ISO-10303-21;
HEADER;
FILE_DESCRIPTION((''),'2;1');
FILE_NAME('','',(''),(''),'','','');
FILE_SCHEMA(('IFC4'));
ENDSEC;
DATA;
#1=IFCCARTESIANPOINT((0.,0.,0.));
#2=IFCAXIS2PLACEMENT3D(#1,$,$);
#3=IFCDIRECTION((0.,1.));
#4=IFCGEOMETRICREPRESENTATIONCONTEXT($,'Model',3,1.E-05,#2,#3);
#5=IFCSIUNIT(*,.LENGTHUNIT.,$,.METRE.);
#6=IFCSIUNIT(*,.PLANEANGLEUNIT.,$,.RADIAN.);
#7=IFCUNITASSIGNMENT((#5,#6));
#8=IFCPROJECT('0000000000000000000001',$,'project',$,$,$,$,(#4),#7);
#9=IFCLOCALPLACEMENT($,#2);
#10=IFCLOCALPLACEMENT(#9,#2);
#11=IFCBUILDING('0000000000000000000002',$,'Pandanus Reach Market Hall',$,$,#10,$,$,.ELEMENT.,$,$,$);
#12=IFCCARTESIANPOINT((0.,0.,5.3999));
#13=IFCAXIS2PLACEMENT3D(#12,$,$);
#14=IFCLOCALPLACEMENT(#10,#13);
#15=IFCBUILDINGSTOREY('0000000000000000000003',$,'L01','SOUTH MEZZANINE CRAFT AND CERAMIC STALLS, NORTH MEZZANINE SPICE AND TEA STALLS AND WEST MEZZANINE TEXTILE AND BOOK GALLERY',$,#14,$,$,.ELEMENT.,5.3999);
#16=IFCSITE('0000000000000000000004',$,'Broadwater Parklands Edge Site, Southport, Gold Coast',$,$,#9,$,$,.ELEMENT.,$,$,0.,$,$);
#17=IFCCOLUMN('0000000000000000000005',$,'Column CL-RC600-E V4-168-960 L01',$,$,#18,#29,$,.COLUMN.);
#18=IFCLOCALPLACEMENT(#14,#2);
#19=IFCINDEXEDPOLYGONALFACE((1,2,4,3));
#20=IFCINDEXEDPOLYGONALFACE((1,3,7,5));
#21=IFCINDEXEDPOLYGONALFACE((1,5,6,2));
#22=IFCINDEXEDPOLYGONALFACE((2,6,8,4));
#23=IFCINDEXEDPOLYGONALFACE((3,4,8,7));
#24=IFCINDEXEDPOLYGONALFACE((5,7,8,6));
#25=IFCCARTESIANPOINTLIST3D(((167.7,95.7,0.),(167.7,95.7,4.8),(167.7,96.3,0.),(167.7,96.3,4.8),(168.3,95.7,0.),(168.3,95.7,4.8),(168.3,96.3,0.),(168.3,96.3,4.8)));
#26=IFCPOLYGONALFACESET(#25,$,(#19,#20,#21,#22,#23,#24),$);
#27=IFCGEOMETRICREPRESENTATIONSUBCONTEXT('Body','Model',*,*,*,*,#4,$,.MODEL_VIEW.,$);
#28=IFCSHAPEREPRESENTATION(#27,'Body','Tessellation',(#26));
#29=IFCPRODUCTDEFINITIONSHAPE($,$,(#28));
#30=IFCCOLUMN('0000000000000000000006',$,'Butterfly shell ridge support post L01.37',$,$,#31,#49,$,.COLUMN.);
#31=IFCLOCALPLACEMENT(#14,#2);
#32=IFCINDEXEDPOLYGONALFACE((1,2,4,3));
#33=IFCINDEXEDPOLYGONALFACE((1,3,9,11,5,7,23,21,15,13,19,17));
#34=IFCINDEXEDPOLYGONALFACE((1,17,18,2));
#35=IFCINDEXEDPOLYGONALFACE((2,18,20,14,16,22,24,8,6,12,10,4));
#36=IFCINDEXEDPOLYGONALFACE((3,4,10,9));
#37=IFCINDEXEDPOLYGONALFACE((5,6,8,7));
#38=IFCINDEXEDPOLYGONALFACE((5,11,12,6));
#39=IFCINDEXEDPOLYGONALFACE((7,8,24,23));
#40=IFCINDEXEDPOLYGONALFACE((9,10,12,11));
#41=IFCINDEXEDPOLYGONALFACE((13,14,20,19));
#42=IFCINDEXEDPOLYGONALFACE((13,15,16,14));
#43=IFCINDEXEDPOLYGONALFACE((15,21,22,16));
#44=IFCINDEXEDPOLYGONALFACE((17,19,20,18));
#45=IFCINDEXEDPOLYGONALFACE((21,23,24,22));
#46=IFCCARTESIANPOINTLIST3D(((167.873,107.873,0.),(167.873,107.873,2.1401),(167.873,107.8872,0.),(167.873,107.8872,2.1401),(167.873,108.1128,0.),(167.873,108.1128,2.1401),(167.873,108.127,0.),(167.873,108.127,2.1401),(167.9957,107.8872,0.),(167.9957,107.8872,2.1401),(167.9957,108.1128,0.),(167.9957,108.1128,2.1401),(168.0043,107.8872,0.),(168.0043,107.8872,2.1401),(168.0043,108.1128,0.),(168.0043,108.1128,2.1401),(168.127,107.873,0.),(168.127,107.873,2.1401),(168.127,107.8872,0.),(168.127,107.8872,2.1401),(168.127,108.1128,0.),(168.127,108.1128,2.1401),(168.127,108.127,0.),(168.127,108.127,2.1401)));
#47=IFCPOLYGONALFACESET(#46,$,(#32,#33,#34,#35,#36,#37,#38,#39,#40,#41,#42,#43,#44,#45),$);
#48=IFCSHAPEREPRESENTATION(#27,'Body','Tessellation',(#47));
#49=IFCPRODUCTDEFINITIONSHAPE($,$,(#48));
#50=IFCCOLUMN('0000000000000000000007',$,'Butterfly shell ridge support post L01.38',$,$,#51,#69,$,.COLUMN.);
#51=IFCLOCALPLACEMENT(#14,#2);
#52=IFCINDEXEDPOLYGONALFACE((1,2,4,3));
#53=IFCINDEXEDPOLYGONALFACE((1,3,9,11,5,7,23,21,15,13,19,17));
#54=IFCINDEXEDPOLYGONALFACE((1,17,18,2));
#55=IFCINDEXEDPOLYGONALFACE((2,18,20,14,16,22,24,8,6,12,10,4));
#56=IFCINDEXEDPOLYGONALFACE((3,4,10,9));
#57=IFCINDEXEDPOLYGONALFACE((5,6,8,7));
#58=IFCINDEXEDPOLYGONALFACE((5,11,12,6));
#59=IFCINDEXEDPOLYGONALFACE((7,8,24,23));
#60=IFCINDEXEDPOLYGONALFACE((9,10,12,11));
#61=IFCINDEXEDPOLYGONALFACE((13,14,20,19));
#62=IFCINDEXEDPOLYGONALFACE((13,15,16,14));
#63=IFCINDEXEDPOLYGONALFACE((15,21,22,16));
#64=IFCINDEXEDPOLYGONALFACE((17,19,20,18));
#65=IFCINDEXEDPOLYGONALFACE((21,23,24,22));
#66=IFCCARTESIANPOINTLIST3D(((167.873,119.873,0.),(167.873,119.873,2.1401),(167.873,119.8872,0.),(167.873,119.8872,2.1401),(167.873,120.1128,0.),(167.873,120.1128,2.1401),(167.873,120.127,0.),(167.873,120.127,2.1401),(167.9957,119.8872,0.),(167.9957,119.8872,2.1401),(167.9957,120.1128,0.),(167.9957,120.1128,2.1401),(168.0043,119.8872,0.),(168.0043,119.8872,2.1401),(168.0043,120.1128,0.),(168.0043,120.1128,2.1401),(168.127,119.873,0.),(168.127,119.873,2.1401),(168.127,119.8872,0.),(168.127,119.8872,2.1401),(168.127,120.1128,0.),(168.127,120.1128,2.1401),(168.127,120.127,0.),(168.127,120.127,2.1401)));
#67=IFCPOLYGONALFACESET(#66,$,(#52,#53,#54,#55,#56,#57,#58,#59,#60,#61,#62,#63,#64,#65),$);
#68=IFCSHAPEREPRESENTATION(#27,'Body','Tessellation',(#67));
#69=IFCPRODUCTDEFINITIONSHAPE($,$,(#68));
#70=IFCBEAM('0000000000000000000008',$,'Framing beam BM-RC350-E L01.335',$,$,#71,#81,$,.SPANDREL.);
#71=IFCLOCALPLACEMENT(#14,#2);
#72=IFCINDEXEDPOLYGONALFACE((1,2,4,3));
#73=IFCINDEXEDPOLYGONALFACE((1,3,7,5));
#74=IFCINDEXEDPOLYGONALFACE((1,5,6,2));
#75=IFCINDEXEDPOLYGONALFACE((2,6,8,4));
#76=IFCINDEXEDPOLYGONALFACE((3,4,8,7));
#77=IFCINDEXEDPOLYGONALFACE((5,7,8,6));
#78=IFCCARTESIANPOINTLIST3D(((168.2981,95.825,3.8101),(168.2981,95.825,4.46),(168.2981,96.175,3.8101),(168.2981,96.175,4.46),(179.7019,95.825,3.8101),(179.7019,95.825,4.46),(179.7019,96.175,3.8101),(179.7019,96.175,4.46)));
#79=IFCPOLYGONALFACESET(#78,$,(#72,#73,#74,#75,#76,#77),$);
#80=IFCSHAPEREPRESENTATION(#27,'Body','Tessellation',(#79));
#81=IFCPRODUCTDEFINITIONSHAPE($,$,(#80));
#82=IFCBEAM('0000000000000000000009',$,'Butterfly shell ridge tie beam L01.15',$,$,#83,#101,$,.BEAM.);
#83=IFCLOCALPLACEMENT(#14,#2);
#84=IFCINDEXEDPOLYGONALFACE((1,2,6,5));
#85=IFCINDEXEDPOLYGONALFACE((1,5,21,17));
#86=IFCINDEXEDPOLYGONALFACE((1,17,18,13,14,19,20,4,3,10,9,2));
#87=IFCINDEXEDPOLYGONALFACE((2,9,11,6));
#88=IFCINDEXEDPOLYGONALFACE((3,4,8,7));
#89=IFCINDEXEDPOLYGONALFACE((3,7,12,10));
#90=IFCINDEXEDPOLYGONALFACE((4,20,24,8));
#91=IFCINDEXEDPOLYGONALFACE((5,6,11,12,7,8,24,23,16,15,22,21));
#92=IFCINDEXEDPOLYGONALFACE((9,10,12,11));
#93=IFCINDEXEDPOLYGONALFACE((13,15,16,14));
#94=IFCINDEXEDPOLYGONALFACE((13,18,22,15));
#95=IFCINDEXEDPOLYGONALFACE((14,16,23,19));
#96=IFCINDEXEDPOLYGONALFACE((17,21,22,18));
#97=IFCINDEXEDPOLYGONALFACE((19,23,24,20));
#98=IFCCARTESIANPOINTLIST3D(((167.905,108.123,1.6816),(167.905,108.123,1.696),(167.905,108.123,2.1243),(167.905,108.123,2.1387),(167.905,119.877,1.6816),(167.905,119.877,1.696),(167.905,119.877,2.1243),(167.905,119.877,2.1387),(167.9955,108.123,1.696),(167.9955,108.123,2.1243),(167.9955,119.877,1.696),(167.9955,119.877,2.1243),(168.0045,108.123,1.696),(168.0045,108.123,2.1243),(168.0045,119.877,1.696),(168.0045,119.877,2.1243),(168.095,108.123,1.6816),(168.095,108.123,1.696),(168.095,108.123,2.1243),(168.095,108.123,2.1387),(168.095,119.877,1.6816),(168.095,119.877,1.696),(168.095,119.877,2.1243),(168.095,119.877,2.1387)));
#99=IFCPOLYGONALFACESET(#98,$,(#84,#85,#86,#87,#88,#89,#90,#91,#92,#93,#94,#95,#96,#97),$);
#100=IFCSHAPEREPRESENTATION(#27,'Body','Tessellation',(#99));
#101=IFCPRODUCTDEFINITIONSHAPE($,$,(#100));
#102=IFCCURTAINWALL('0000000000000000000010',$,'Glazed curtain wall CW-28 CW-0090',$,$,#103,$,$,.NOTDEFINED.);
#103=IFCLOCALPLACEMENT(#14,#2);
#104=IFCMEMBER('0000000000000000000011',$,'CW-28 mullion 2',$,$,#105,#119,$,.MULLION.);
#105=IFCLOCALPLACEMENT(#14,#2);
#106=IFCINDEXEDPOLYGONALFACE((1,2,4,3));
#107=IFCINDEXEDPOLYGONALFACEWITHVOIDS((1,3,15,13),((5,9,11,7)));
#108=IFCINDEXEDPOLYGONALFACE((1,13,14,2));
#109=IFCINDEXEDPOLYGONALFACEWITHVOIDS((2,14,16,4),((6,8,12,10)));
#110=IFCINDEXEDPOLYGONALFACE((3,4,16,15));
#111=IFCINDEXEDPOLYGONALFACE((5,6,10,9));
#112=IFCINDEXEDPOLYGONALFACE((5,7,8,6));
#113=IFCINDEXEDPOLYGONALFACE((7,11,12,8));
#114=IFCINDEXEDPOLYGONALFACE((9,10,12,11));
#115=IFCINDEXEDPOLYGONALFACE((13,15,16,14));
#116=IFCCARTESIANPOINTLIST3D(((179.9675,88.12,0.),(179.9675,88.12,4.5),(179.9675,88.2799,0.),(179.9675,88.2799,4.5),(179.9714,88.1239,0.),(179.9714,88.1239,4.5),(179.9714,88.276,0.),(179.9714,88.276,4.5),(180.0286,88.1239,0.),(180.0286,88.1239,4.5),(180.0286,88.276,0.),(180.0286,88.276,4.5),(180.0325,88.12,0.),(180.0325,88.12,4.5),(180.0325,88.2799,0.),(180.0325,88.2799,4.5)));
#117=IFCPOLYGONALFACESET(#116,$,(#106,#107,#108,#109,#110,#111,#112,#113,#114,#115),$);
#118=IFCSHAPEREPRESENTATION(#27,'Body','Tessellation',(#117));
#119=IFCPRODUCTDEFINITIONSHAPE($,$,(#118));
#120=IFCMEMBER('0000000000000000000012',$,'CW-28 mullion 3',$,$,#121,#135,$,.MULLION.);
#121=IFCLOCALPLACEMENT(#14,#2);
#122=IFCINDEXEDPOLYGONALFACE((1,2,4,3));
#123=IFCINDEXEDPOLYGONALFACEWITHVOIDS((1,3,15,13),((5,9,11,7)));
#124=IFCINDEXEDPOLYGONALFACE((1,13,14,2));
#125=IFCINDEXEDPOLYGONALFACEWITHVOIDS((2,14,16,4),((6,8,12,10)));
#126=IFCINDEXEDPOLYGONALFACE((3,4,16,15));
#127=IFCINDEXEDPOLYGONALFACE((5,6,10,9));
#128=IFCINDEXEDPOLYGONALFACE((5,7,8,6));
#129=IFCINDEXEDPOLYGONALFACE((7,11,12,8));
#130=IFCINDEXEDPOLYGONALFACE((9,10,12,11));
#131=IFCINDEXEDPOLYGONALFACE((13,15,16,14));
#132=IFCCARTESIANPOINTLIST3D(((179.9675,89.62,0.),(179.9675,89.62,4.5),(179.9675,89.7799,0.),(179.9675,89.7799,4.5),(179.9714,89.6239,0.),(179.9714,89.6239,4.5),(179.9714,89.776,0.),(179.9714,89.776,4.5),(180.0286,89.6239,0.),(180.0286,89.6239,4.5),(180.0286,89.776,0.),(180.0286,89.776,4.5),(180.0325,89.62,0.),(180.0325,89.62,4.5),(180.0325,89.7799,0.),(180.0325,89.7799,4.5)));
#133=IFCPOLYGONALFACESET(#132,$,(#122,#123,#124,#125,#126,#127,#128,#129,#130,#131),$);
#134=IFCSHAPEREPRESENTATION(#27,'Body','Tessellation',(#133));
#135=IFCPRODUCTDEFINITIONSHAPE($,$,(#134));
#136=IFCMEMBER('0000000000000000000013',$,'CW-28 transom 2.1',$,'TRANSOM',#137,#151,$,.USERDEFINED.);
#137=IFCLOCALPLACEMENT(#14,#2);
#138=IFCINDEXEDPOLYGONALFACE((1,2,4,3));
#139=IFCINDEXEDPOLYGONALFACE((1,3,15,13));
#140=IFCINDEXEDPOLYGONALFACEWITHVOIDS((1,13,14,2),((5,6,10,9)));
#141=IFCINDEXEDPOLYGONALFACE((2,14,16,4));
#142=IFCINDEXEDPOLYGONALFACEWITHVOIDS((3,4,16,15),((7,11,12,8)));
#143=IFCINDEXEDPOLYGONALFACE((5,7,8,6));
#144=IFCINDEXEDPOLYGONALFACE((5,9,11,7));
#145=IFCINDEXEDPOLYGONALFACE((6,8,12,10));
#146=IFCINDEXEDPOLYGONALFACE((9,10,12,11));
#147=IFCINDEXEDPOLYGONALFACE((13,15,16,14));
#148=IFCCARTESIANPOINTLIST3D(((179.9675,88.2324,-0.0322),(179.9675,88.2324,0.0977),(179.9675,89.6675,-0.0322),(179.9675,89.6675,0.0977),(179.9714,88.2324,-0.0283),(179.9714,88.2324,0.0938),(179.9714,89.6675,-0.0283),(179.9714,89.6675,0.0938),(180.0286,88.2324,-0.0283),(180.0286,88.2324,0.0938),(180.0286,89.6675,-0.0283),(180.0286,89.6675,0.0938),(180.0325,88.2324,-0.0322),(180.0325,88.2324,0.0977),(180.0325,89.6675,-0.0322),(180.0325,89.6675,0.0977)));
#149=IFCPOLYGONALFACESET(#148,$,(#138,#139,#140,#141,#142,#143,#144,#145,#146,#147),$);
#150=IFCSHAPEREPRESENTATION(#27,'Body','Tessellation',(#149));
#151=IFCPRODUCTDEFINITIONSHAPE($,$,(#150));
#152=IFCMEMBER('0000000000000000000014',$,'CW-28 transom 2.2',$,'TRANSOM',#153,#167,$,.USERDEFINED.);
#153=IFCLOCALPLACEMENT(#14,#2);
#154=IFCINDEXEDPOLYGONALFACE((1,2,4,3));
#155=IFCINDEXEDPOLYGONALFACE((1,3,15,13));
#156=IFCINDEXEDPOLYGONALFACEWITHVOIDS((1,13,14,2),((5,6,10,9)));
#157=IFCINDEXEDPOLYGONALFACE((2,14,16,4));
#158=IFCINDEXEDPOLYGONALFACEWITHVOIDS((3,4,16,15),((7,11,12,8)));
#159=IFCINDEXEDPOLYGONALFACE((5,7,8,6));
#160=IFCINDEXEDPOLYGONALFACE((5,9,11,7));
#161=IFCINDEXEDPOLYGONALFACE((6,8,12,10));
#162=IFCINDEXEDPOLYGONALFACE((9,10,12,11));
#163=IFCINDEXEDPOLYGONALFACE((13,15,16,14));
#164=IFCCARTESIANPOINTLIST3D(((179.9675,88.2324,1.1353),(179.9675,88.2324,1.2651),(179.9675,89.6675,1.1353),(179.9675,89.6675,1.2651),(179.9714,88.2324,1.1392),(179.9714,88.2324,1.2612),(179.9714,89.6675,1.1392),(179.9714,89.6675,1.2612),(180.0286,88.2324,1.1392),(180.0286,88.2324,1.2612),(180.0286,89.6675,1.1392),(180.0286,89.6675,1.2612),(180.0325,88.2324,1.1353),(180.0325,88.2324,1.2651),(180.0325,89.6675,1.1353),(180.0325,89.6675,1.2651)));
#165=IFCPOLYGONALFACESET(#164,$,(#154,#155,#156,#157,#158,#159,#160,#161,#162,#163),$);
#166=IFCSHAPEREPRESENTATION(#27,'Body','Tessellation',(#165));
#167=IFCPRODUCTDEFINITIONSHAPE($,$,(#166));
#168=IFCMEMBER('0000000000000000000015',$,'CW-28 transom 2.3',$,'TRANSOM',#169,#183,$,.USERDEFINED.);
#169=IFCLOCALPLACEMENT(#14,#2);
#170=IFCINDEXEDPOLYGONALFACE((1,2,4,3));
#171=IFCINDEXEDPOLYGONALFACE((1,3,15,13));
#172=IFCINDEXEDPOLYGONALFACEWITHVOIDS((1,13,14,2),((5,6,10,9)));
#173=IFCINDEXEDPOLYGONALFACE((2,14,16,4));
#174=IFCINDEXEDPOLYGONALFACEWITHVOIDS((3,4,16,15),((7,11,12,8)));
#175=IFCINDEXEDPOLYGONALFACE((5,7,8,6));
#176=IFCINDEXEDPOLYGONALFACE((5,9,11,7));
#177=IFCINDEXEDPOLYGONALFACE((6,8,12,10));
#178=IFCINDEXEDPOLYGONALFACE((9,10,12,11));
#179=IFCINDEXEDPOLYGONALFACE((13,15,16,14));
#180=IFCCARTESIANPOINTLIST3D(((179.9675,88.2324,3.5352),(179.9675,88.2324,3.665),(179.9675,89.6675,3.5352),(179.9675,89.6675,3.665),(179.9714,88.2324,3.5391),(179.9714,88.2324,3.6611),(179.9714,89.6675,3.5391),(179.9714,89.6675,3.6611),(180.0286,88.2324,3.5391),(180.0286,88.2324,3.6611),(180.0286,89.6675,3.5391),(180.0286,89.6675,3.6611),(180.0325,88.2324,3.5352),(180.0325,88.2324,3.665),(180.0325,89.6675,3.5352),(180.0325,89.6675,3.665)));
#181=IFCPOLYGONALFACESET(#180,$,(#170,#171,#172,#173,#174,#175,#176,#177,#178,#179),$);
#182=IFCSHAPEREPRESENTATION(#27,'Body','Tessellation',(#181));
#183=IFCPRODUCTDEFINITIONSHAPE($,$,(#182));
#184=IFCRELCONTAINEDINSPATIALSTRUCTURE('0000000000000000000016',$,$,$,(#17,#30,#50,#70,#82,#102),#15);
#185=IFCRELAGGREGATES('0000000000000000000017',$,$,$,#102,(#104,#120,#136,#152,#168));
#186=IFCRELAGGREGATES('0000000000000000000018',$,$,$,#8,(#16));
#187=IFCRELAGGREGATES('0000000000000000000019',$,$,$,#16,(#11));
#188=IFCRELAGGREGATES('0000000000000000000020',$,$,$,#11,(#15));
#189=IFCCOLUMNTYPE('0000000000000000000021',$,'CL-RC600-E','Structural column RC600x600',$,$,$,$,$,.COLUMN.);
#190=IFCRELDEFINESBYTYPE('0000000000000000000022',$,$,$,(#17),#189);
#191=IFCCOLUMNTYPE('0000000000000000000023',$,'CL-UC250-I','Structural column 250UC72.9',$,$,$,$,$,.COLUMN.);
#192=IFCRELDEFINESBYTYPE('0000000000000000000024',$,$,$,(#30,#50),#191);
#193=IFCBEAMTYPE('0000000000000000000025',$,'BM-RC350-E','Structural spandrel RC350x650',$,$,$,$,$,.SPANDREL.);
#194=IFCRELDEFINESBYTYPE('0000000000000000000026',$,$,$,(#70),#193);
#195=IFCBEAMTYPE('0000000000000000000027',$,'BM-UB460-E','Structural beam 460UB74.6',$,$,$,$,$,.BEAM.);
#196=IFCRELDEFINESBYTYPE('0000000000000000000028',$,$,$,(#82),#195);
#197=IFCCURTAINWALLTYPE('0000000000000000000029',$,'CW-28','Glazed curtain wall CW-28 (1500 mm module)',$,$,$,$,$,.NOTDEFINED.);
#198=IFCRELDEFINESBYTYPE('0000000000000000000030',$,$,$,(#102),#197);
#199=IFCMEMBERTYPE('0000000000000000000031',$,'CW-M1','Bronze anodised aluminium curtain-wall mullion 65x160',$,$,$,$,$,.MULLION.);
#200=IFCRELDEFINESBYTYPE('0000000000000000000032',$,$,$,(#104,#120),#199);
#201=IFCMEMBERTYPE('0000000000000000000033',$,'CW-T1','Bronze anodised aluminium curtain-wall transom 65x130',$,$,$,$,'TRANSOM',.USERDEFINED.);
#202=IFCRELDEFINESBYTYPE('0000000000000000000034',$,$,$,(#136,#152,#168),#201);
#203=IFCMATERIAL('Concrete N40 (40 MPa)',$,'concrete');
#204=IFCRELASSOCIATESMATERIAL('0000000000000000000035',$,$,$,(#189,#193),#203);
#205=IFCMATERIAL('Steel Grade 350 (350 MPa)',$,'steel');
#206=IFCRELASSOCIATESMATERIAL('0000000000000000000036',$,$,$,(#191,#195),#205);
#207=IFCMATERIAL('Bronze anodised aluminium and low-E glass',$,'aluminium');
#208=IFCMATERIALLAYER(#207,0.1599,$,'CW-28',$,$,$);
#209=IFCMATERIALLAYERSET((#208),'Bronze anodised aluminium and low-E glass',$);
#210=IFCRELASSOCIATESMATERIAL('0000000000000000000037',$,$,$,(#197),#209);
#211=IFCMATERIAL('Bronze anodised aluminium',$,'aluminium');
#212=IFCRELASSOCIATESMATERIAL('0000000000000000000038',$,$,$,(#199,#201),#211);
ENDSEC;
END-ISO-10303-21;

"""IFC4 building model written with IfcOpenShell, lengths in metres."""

from ifc_helpers import new_model, si_unit, direction, frame, origin, origin_2d, place, context, subcontext, project, spatial, rectangle, hollow_rectangle, i_section, extrude, material, layer, layer_set, material_profile, profile_set, type_object, element, aggregate, save


model = new_model("IFC4")

# Units and contexts
model_context = context("Model", 3, precision=1e-05, world=origin(), true_north=direction((0.0, 1.0)))
body_context = subcontext(model_context, "Body", "Model", "MODEL_VIEW")
ifc_project = project(units=[si_unit("LENGTHUNIT", "METRE"), si_unit("PLANEANGLEUNIT", "RADIAN")], contexts=[model_context])

# Site, building, storey
site_placement = place(None, origin())
site = spatial("IfcSite", under=ifc_project, at=site_placement, Name="Broadwater Parklands Edge Site, Southport, Gold Coast", CompositionType="ELEMENT", RefElevation=0.0)
building_placement = place(site_placement, origin())
building = spatial("IfcBuilding", under=site, at=building_placement, Name="Pandanus Reach Market Hall", CompositionType="ELEMENT")
storey_placement = place(building_placement, frame((0.0, 0.0, 5.3999)))
storey = spatial("IfcBuildingStorey", under=building, at=storey_placement, Name="L01", Description="SOUTH MEZZANINE CRAFT AND CERAMIC STALLS, NORTH MEZZANINE SPICE AND TEA STALLS AND WEST MEZZANINE TEXTILE AND BOOK GALLERY", CompositionType="ELEMENT", Elevation=5.3999)

# Columns
ifc_material_1 = material(Name="Concrete N40 (40 MPa)", Category="concrete")
ifc_material_profile_1 = material_profile(ifc_material_1, rectangle(XDim=0.6001, YDim=0.6001, at=origin_2d()), Name="RC600x600", Category="LoadBearing")
ifc_profile_set_1 = profile_set([ifc_material_profile_1], Name="Concrete N40 (40 MPa)")
column_type_1 = type_object("IfcColumnType", Name="CL-RC600-E", Description="Structural column RC600x600", PredefinedType="COLUMN", material=ifc_profile_set_1)
column_placement = place(storey_placement, frame((168.0, 96.0, 0.0), z_axis=(0.0, 0.0, 1.0), x_axis=(1.0, 0.0, 0.0)))
element("IfcColumn", 1, at=column_placement, inside=storey, type_object=column_type_1, Name="Column CL-RC600-E V4-168-960 L01", PredefinedType="COLUMN", context=body_context, shape_type="SweptSolid", body=[
    extrude(rectangle(XDim=0.6001, YDim=0.6001, at=origin_2d()), origin(), (0.0, 0.0, 1.0), 4.8),
])
ifc_material_2 = material(Name="Steel Grade 350 (350 MPa)", Category="steel")
ifc_material_profile_2 = material_profile(ifc_material_2, i_section(OverallWidth=0.2539, OverallDepth=0.2539, WebThickness=0.0085, FlangeThickness=0.0142, at=origin_2d()), Name="250UC72.9", Category="LoadBearing")
ifc_profile_set_2 = profile_set([ifc_material_profile_2], Name="Steel Grade 350 (350 MPa)")
column_type_2 = type_object("IfcColumnType", Name="CL-UC250-I", Description="Structural column 250UC72.9", PredefinedType="COLUMN", material=ifc_profile_set_2)
for number, where, z_axis, x_axis, name in (
    (2, (168.0, 108.0, 0.0), (0.0, 0.0, 1.0), (1.0, 0.0, 0.0), "Butterfly shell ridge support post L01.37"),
    (3, (168.0, 120.0, 0.0), (0.0, 0.0, 1.0), (1.0, 0.0, 0.0), "Butterfly shell ridge support post L01.38"),
):
    element("IfcColumn", number, at=place(storey_placement, frame(where, z_axis=z_axis, x_axis=x_axis)), inside=storey, type_object=column_type_2, Name=name, PredefinedType="COLUMN", context=body_context, shape_type="SweptSolid", body=[
        extrude(i_section(OverallWidth=0.2539, OverallDepth=0.2539, WebThickness=0.0085, FlangeThickness=0.0142, at=origin_2d()), origin(), (0.0, 0.0, 1.0), 2.1401),
    ])

# Beams
ifc_material_profile_3 = material_profile(ifc_material_1, rectangle(XDim=0.3501, YDim=0.6499, at=origin_2d()), Name="RC350x650", Category="LoadBearing")
ifc_profile_set_3 = profile_set([ifc_material_profile_3], Name="Concrete N40 (40 MPa)")
beam_type_1 = type_object("IfcBeamType", Name="BM-RC350-E", Description="Structural spandrel RC350x650", PredefinedType="SPANDREL", material=ifc_profile_set_3)
beam_1_placement = place(storey_placement, frame((168.2981, 96.0, 4.135), z_axis=(1.0, 0.0, 0.0), x_axis=(0.0, 1.0, 0.0)))
element("IfcBeam", 4, at=beam_1_placement, inside=storey, type_object=beam_type_1, Name="Framing beam BM-RC350-E L01.335", PredefinedType="SPANDREL", context=body_context, shape_type="SweptSolid", body=[
    extrude(rectangle(XDim=0.3501, YDim=0.6499, at=origin_2d()), origin(), (0.0, 0.0, 1.0), 11.4038),
])
ifc_material_profile_4 = material_profile(ifc_material_2, i_section(OverallWidth=0.1899, OverallDepth=0.457, WebThickness=0.009, FlangeThickness=0.0144, at=origin_2d()), Name="460UB74.6", Category="LoadBearing")
ifc_profile_set_4 = profile_set([ifc_material_profile_4], Name="Steel Grade 350 (350 MPa)")
beam_type_2 = type_object("IfcBeamType", Name="BM-UB460-E", Description="Structural beam 460UB74.6", PredefinedType="BEAM", material=ifc_profile_set_4)
beam_2_placement = place(storey_placement, frame((168.0, 108.123, 1.9102), z_axis=(0.0, 1.0, 0.0), x_axis=(-1.0, 0.0, 0.0)))
element("IfcBeam", 5, at=beam_2_placement, inside=storey, type_object=beam_type_2, Name="Butterfly shell ridge tie beam L01.15", PredefinedType="BEAM", context=body_context, shape_type="SweptSolid", body=[
    extrude(i_section(OverallWidth=0.1899, OverallDepth=0.457, WebThickness=0.009, FlangeThickness=0.0144, at=origin_2d()), origin(), (0.0, 0.0, 1.0), 11.7539),
])

# Curtain wall, members
ifc_material_3 = material(Name="Bronze anodised aluminium and low-E glass", Category="aluminium")
ifc_layer_1 = layer(ifc_material_3, 0.1599, Name="CW-28")
ifc_layer_set_1 = layer_set([ifc_layer_1], Name="Bronze anodised aluminium and low-E glass")
curtain_wall_type = type_object("IfcCurtainWallType", Name="CW-28", Description="Glazed curtain wall CW-28 (1500 mm module)", PredefinedType="NOTDEFINED", material=ifc_layer_set_1)
curtain_wall_placement = place(storey_placement, origin())
curtain_wall = element("IfcCurtainWall", 6, at=curtain_wall_placement, inside=storey, type_object=curtain_wall_type, Name="Glazed curtain wall CW-28 CW-0090", PredefinedType="NOTDEFINED")
ifc_material_4 = material(Name="Bronze anodised aluminium", Category="aluminium")
ifc_material_profile_5 = material_profile(ifc_material_4, hollow_rectangle(XDim=0.0649, YDim=0.1599, WallThickness=0.0039, at=origin_2d()), Name="ALU65x160", Category="LoadBearing")
ifc_profile_set_5 = profile_set([ifc_material_profile_5], Name="Bronze anodised aluminium")
member_type_1 = type_object("IfcMemberType", Name="CW-M1", Description="Bronze anodised aluminium curtain-wall mullion 65x160", PredefinedType="MULLION", material=ifc_profile_set_5)
member_1_placement = place(storey_placement, frame((180.0, 88.2, 0.0), z_axis=(0.0, 0.0, 1.0), x_axis=(-1.0, 0.0, 0.0)))
member_1 = element("IfcMember", 7, at=member_1_placement, type_object=member_type_1, Name="CW-28 mullion 2", PredefinedType="MULLION", context=body_context, shape_type="SweptSolid", body=[
    extrude(hollow_rectangle(XDim=0.0649, YDim=0.1599, WallThickness=0.0039, at=origin_2d()), origin(), (0.0, 0.0, 1.0), 4.5),
])
member_2_placement = place(storey_placement, frame((180.0, 89.7, 0.0), z_axis=(0.0, 0.0, 1.0), x_axis=(-1.0, 0.0, 0.0)))
member_2 = element("IfcMember", 8, at=member_2_placement, type_object=member_type_1, Name="CW-28 mullion 3", PredefinedType="MULLION", context=body_context, shape_type="SweptSolid", body=[
    extrude(hollow_rectangle(XDim=0.0649, YDim=0.1599, WallThickness=0.0039, at=origin_2d()), origin(), (0.0, 0.0, 1.0), 4.5),
])
ifc_material_profile_6 = material_profile(ifc_material_4, hollow_rectangle(XDim=0.0649, YDim=0.1299, WallThickness=0.0039, at=origin_2d()), Name="ALU65x130", Category="LoadBearing")
ifc_profile_set_6 = profile_set([ifc_material_profile_6], Name="Bronze anodised aluminium")
member_type_2 = type_object("IfcMemberType", Name="CW-T1", Description="Bronze anodised aluminium curtain-wall transom 65x130", ElementType="TRANSOM", PredefinedType="USERDEFINED", material=ifc_profile_set_6)
member_3_placement = place(storey_placement, frame((180.0, 88.2324, 0.0327), z_axis=(0.0, 1.0, 0.0), x_axis=(-1.0, 0.0, 0.0)))
member_3 = element("IfcMember", 9, at=member_3_placement, type_object=member_type_2, Name="CW-28 transom 2.1", ObjectType="TRANSOM", PredefinedType="USERDEFINED", context=body_context, shape_type="SweptSolid", body=[
    extrude(hollow_rectangle(XDim=0.0649, YDim=0.1299, WallThickness=0.0039, at=origin_2d()), origin(), (0.0, 0.0, 1.0), 1.4351),
])
member_4_placement = place(storey_placement, frame((180.0, 88.2324, 1.2002), z_axis=(0.0, 1.0, 0.0), x_axis=(-1.0, 0.0, 0.0)))
member_4 = element("IfcMember", 10, at=member_4_placement, type_object=member_type_2, Name="CW-28 transom 2.2", ObjectType="TRANSOM", PredefinedType="USERDEFINED", context=body_context, shape_type="SweptSolid", body=[
    extrude(hollow_rectangle(XDim=0.0649, YDim=0.1299, WallThickness=0.0039, at=origin_2d()), origin(), (0.0, 0.0, 1.0), 1.4351),
])
member_5_placement = place(storey_placement, frame((180.0, 88.2324, 3.6001), z_axis=(0.0, 1.0, 0.0), x_axis=(-1.0, 0.0, 0.0)))
member_5 = element("IfcMember", 11, at=member_5_placement, type_object=member_type_2, Name="CW-28 transom 2.3", ObjectType="TRANSOM", PredefinedType="USERDEFINED", context=body_context, shape_type="SweptSolid", body=[
    extrude(hollow_rectangle(XDim=0.0649, YDim=0.1299, WallThickness=0.0039, at=origin_2d()), origin(), (0.0, 0.0, 1.0), 1.4351),
])
aggregate(curtain_wall, [member_1, member_2, member_3, member_4, member_5])

save(model, "model.ifc")
